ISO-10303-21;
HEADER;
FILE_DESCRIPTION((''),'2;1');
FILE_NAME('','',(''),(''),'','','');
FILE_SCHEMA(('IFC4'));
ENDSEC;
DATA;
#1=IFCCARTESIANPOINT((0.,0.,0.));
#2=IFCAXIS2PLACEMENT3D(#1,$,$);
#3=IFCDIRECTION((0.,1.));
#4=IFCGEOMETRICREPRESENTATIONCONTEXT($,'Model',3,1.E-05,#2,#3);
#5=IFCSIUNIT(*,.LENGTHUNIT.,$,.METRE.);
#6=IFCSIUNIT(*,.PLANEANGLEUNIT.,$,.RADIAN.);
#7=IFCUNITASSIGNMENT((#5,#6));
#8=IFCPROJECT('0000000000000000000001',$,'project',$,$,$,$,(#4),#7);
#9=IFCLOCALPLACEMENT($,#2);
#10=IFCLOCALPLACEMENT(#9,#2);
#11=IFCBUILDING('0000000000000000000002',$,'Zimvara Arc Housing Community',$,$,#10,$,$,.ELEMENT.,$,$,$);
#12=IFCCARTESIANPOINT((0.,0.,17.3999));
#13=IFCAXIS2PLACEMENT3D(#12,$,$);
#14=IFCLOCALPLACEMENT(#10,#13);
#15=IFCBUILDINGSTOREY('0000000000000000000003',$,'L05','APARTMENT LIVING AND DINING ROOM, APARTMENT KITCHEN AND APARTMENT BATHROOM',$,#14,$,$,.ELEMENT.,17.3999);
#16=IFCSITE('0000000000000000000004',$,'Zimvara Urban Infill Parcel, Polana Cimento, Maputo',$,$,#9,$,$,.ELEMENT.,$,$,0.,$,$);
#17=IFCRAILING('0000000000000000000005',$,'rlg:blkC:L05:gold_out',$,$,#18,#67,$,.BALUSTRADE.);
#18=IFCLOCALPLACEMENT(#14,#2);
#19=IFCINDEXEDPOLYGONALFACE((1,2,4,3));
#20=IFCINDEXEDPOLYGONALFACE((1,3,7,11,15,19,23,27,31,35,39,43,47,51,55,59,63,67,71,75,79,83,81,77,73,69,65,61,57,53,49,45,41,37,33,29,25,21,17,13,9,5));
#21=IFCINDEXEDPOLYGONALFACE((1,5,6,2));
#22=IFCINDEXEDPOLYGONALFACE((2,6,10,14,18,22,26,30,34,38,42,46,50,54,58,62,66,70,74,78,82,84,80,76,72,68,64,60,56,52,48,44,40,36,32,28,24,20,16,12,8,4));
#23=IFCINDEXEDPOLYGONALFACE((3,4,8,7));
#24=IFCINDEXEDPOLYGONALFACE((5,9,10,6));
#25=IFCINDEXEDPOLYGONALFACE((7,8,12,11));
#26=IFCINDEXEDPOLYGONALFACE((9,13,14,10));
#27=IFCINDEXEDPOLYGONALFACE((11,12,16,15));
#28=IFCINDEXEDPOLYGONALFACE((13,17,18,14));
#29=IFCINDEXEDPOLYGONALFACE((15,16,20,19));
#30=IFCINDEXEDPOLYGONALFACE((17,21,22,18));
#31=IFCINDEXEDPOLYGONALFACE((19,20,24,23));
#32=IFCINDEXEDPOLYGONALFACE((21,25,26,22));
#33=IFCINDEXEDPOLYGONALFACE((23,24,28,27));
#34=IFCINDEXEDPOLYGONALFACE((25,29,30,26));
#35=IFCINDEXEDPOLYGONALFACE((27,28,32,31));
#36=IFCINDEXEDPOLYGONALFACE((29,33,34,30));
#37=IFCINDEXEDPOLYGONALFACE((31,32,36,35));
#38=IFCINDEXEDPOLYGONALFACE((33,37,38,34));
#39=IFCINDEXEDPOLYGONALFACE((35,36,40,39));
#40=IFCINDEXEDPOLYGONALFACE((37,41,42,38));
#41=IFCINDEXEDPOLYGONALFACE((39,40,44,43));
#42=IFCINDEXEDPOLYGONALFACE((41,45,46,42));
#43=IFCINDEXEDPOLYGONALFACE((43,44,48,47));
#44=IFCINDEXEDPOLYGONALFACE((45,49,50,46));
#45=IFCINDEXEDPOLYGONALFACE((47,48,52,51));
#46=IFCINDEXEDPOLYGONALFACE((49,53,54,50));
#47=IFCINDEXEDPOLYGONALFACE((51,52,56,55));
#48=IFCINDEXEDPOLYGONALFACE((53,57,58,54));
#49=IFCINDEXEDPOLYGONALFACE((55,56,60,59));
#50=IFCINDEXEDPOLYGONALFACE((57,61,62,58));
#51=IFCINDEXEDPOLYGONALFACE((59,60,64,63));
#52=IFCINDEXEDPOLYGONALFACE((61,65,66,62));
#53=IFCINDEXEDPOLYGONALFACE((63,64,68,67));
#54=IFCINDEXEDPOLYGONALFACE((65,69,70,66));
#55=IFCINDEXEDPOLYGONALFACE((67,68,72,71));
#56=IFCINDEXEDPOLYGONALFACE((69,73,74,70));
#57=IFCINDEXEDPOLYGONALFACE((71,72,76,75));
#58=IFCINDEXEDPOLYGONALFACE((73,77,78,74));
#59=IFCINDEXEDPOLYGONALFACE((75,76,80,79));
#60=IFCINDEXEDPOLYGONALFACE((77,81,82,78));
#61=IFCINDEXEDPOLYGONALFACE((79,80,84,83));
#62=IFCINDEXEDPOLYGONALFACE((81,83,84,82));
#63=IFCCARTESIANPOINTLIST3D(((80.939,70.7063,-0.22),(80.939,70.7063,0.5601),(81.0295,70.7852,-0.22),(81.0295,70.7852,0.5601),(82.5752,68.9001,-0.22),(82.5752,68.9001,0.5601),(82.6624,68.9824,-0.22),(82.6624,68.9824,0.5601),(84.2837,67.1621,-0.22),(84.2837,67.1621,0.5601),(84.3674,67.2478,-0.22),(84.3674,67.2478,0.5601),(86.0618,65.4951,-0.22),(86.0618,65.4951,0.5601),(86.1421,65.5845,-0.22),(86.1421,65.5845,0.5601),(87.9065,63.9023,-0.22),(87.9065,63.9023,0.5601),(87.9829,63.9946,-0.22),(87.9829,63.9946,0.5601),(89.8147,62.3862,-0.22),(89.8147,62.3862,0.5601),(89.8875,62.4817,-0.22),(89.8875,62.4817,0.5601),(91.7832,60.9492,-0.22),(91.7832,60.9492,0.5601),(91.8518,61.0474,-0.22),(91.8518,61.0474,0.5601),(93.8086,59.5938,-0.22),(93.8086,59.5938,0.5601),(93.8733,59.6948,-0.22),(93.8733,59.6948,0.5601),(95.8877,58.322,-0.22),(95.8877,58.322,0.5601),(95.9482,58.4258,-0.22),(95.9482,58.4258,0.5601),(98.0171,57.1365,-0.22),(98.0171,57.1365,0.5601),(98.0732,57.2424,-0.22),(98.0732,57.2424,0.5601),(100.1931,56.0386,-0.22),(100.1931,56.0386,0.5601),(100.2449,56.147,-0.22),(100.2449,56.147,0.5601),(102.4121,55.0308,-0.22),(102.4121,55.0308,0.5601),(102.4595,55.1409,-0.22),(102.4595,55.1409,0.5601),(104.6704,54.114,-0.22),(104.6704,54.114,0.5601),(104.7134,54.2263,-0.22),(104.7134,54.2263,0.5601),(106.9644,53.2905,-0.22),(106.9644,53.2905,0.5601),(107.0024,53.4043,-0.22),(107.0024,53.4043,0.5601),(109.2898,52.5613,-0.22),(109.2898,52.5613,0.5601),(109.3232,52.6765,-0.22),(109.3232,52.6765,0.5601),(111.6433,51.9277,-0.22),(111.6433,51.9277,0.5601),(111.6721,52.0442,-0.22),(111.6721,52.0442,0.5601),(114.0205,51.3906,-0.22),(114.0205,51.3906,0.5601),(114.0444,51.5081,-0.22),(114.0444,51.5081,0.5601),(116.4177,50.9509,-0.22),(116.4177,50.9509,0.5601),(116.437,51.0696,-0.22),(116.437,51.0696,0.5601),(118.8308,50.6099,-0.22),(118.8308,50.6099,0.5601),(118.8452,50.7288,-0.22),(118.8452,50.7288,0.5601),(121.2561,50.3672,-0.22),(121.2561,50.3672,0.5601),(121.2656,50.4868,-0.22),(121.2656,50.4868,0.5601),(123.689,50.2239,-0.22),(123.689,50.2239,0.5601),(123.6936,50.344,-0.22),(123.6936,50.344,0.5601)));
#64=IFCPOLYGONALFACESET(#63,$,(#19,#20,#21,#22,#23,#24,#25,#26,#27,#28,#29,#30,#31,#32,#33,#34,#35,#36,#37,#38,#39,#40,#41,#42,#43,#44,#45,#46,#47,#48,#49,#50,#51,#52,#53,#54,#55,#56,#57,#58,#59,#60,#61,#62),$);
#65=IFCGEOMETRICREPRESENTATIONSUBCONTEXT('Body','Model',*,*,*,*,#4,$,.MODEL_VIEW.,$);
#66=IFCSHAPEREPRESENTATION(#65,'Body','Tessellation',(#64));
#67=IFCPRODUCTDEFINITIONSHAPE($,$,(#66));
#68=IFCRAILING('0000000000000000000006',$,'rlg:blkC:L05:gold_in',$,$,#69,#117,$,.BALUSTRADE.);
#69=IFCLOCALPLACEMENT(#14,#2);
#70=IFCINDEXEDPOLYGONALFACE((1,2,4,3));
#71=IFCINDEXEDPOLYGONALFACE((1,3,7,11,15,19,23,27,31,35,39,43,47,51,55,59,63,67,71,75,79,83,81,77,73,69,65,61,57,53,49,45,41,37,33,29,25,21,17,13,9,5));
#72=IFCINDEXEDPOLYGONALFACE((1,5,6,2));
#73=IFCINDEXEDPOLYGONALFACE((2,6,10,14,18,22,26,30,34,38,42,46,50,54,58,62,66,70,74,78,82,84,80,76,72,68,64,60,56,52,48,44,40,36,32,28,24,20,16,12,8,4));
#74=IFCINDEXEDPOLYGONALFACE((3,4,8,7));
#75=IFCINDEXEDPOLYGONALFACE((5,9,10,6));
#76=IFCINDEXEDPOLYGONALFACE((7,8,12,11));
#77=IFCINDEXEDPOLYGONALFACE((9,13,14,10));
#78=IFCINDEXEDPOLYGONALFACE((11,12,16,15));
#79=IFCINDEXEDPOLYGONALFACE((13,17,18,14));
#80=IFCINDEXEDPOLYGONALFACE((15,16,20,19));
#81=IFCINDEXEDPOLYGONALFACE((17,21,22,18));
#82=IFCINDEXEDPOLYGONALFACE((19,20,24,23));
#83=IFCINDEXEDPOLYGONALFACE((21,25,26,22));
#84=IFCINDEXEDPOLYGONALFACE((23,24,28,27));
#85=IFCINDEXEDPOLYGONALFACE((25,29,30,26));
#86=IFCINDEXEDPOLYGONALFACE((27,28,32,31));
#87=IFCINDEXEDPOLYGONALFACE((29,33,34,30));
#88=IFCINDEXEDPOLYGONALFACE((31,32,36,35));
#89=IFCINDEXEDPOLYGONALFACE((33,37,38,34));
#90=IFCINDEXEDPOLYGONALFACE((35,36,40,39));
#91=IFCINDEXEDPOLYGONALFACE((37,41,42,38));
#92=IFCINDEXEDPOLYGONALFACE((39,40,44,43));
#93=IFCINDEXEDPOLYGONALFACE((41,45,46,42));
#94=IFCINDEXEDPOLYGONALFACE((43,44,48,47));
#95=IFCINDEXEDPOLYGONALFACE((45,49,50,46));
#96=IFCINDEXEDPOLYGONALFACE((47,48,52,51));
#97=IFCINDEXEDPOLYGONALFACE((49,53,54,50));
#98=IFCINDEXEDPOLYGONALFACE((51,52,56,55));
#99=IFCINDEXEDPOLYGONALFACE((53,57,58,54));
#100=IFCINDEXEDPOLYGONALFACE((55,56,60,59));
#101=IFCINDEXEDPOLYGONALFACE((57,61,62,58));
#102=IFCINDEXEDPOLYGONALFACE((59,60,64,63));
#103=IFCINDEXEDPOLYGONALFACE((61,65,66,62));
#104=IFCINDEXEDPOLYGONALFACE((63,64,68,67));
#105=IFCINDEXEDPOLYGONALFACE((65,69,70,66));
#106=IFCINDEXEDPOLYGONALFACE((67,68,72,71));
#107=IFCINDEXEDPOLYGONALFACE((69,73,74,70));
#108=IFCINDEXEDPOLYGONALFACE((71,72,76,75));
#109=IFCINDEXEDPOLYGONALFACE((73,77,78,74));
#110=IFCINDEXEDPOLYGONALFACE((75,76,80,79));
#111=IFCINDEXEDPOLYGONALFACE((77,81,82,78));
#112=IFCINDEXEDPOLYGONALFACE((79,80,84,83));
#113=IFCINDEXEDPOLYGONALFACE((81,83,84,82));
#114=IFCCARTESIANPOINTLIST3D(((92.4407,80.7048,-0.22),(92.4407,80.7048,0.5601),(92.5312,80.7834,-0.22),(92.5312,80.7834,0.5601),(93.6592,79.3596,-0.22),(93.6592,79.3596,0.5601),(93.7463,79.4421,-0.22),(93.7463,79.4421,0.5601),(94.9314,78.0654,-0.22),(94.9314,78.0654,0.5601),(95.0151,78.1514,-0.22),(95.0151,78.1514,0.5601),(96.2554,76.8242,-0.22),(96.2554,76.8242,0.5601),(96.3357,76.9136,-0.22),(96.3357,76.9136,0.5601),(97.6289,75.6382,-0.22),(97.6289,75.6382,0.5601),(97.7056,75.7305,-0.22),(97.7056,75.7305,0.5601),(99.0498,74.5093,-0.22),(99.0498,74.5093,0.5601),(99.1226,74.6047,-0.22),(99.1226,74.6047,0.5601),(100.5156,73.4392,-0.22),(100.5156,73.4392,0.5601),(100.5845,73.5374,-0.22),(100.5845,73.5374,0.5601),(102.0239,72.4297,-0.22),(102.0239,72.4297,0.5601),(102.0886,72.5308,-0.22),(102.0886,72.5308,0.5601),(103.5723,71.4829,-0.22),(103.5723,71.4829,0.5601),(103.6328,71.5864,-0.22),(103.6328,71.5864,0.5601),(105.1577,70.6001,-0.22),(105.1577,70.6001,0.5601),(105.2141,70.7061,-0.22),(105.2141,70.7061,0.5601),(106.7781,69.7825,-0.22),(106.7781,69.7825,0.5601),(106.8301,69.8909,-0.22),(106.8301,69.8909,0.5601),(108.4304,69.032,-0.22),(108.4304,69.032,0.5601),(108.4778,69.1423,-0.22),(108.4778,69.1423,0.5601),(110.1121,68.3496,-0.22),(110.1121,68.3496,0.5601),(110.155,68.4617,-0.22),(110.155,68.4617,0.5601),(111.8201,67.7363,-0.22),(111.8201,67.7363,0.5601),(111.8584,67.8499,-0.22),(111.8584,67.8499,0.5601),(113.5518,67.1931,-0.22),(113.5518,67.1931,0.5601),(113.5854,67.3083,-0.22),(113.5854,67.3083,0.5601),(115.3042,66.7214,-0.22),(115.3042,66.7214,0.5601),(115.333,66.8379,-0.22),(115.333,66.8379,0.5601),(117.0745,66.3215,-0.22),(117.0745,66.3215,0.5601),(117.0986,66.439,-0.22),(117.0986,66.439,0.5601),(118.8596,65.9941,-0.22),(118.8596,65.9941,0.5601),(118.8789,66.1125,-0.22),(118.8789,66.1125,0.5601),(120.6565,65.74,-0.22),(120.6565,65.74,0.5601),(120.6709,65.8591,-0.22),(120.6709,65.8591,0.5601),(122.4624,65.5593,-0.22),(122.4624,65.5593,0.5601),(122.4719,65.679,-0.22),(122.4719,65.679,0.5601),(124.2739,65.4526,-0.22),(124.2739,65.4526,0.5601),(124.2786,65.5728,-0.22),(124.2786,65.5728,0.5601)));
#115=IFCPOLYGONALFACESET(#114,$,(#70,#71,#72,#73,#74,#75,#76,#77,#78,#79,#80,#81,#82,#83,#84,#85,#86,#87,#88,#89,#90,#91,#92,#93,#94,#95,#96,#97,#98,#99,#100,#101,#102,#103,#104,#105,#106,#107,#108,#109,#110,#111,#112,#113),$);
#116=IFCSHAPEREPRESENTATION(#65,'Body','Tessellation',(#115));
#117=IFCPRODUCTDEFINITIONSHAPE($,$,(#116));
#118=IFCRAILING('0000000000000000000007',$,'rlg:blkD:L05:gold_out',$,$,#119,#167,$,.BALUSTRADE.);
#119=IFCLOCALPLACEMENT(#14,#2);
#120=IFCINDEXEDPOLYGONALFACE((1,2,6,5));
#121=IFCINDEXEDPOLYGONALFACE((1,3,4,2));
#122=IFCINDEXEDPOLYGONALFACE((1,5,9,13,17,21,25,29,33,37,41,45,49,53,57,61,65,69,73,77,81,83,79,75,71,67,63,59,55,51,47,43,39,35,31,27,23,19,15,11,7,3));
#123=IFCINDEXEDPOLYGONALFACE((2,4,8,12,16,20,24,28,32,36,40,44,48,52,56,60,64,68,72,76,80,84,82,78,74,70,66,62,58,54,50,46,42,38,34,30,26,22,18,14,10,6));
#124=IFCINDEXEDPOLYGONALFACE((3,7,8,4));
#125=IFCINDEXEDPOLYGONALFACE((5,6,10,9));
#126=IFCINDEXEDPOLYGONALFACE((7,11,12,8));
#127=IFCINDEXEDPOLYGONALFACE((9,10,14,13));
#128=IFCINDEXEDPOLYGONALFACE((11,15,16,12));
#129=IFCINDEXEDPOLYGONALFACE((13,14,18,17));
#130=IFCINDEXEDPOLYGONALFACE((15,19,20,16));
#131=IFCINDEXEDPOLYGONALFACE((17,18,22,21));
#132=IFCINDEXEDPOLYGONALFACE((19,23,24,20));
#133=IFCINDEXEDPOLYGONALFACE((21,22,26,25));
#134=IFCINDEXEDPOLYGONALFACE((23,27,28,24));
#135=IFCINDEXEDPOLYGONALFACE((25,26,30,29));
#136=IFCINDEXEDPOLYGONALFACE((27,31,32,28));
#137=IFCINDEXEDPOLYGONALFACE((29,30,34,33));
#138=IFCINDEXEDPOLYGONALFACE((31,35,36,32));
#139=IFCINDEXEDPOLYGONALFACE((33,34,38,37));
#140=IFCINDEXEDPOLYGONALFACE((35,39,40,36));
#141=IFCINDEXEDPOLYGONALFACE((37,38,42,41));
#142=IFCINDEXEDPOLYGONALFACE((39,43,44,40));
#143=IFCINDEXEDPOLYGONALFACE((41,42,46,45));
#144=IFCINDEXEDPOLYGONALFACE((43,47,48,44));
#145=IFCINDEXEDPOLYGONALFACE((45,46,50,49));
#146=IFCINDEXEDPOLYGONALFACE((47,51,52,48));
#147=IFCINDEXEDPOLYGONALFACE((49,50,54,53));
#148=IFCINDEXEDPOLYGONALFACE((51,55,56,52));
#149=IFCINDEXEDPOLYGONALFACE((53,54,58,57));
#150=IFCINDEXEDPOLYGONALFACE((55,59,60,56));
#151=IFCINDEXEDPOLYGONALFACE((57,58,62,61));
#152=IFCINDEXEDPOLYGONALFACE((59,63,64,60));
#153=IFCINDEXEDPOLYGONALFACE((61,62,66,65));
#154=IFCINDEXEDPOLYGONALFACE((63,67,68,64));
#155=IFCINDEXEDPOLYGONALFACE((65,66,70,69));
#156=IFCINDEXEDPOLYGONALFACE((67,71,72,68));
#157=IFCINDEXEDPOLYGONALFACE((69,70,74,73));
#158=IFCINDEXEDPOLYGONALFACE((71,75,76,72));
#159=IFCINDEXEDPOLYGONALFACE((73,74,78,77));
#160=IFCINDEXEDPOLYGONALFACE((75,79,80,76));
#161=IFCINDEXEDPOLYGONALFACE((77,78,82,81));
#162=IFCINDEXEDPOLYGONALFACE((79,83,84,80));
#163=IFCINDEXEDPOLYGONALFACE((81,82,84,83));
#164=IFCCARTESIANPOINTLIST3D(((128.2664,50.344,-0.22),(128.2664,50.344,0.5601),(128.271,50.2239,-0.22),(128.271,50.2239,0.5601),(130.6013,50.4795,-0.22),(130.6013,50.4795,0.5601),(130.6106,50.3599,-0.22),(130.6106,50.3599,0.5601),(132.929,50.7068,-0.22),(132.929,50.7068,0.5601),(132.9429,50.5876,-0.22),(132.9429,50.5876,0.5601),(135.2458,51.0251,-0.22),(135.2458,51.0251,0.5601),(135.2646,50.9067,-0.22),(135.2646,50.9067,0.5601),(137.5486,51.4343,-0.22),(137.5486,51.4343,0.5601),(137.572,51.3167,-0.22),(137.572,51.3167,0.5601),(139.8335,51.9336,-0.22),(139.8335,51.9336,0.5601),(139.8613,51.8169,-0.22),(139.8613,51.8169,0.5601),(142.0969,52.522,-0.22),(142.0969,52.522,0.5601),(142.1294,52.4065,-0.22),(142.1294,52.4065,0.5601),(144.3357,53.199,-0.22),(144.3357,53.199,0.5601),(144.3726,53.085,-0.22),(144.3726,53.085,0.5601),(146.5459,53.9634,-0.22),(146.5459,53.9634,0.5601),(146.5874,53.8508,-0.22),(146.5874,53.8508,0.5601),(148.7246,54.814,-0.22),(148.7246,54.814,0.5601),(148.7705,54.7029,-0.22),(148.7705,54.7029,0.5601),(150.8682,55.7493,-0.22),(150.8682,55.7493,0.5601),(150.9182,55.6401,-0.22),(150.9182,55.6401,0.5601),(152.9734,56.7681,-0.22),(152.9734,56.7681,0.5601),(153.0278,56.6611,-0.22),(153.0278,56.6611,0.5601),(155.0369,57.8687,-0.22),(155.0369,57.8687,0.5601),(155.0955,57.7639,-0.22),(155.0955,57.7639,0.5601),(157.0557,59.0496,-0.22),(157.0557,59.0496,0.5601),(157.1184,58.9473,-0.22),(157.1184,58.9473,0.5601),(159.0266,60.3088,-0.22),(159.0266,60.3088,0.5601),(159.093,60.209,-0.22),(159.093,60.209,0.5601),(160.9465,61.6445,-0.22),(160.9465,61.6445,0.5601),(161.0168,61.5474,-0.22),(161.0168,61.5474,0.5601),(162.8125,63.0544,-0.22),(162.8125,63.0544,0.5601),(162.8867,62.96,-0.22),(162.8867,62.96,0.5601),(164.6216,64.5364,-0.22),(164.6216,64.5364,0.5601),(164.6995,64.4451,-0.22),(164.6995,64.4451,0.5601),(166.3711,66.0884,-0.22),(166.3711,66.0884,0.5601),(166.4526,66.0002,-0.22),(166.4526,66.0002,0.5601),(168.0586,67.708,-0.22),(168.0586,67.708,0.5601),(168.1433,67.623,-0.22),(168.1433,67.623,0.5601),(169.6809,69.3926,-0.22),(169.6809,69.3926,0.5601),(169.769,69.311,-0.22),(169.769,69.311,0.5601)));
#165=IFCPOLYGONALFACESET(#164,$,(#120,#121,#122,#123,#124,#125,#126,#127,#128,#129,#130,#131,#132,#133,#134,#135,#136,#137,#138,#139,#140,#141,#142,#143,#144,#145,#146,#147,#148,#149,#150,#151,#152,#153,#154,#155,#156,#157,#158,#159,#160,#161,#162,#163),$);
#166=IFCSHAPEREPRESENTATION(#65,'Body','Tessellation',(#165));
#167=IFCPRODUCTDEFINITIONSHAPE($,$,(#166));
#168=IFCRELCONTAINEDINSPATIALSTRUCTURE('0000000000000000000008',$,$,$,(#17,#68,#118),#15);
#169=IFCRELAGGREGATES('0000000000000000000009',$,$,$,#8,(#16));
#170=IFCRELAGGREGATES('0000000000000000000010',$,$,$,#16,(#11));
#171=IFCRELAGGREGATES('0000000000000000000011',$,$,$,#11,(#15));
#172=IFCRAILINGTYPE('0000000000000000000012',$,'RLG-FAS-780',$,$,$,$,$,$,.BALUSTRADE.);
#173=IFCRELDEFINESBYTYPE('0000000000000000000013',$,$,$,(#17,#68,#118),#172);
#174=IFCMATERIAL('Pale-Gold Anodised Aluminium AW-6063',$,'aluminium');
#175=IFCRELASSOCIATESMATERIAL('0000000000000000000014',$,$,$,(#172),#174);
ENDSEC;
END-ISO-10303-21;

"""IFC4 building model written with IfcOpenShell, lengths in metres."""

from ifc_helpers import new_model, si_unit, direction, frame, origin, place, context, subcontext, project, spatial, polyline, outline, extrude, material, type_object, element, save


model = new_model("IFC4")

# Units and contexts
model_context = context("Model", 3, precision=1e-05, world=origin(), true_north=direction((0.0, 1.0)))
body_context = subcontext(model_context, "Body", "Model", "MODEL_VIEW")
ifc_project = project(units=[si_unit("LENGTHUNIT", "METRE"), si_unit("PLANEANGLEUNIT", "RADIAN")], contexts=[model_context])

# Site, building, storey
site_placement = place(None, origin())
site = spatial("IfcSite", under=ifc_project, at=site_placement, Name="Zimvara Urban Infill Parcel, Polana Cimento, Maputo", CompositionType="ELEMENT", RefElevation=0.0)
building_placement = place(site_placement, origin())
building = spatial("IfcBuilding", under=site, at=building_placement, Name="Zimvara Arc Housing Community", CompositionType="ELEMENT")
storey_placement = place(building_placement, frame((0.0, 0.0, 17.3999)))
storey = spatial("IfcBuildingStorey", under=building, at=storey_placement, Name="L05", Description="APARTMENT LIVING AND DINING ROOM, APARTMENT KITCHEN AND APARTMENT BATHROOM", CompositionType="ELEMENT", Elevation=17.3999)

# Railings
ifc_material_1 = material(Name="Pale-Gold Anodised Aluminium AW-6063", Category="aluminium")
railing_type_1 = type_object("IfcRailingType", Name="RLG-FAS-780", PredefinedType="BALUSTRADE", material=ifc_material_1)
railing_1_placement = place(storey_placement, frame((0.0, 0.0, -0.22)))
element("IfcRailing", 1, at=railing_1_placement, inside=storey, type_object=railing_type_1, Name="rlg:blkC:L05:gold_out", PredefinedType="BALUSTRADE", context=body_context, shape_type="SweptSolid", body=[
    extrude(outline(polyline([(80.939, 70.7063), (82.5752, 68.9001), (84.2837, 67.1621), (86.0618, 65.4951), (87.9065, 63.9023), (89.8147, 62.3862), (91.7832, 60.9492), (93.8086, 59.5938), (95.8877, 58.322), (98.0171, 57.1365), (100.1931, 56.0386), (102.4121, 55.0308), (104.6704, 54.114), (106.9644, 53.2905), (109.2898, 52.5613), (111.6433, 51.9277), (114.0205, 51.3906), (116.4177, 50.9509), (118.8308, 50.6099), (121.2561, 50.3672), (123.689, 50.2239), (123.6936, 50.344), (121.2656, 50.4868), (118.8452, 50.7288), (116.437, 51.0696), (114.0444, 51.5081), (111.6721, 52.0442), (109.3232, 52.6765), (107.0024, 53.4043), (104.7134, 54.2263), (102.4595, 55.1409), (100.2449, 56.147), (98.0732, 57.2424), (95.9482, 58.4258), (93.8733, 59.6948), (91.8518, 61.0474), (89.8875, 62.4817), (87.9829, 63.9946), (86.1421, 65.5845), (84.3674, 67.2478), (82.6624, 68.9824), (81.0295, 70.7852), (80.939, 70.7063)])), origin(), (0.0, 0.0, 1.0), 0.78),
])
railing_2_placement = place(storey_placement, frame((0.0, 0.0, -0.22)))
element("IfcRailing", 2, at=railing_2_placement, inside=storey, type_object=railing_type_1, Name="rlg:blkC:L05:gold_in", PredefinedType="BALUSTRADE", context=body_context, shape_type="SweptSolid", body=[
    extrude(outline(polyline([(92.4407, 80.7048), (93.6592, 79.3596), (94.9314, 78.0654), (96.2554, 76.8242), (97.6289, 75.6382), (99.0498, 74.5093), (100.5156, 73.4392), (102.0239, 72.4297), (103.5723, 71.4829), (105.1577, 70.6001), (106.7781, 69.7825), (108.4304, 69.032), (110.1121, 68.3496), (111.8201, 67.7363), (113.5518, 67.1931), (115.3042, 66.7214), (117.0745, 66.3215), (118.8596, 65.9941), (120.6565, 65.74), (122.4624, 65.5593), (124.2739, 65.4526), (124.2786, 65.5728), (122.4719, 65.679), (120.6709, 65.8591), (118.8789, 66.1125), (117.0986, 66.439), (115.333, 66.8379), (113.5854, 67.3083), (111.8584, 67.8499), (110.155, 68.4617), (108.4778, 69.1423), (106.8301, 69.8909), (105.2141, 70.7061), (103.6328, 71.5864), (102.0886, 72.5308), (100.5845, 73.5374), (99.1226, 74.6047), (97.7056, 75.7305), (96.3357, 76.9136), (95.0151, 78.1514), (93.7463, 79.4421), (92.5312, 80.7834), (92.4407, 80.7048)])), origin(), (0.0, 0.0, 1.0), 0.78),
])
railing_3_placement = place(storey_placement, frame((0.0, 0.0, -0.22)))
element("IfcRailing", 3, at=railing_3_placement, inside=storey, type_object=railing_type_1, Name="rlg:blkD:L05:gold_out", PredefinedType="BALUSTRADE", context=body_context, shape_type="SweptSolid", body=[
    extrude(outline(polyline([(128.271, 50.2239), (130.6106, 50.3599), (132.9429, 50.5876), (135.2646, 50.9067), (137.572, 51.3167), (139.8613, 51.8169), (142.1294, 52.4065), (144.3726, 53.085), (146.5874, 53.8508), (148.7705, 54.7029), (150.9182, 55.6401), (153.0278, 56.6611), (155.0955, 57.7639), (157.1184, 58.9473), (159.093, 60.209), (161.0168, 61.5474), (162.8867, 62.96), (164.6995, 64.4451), (166.4526, 66.0002), (168.1433, 67.623), (169.769, 69.311), (169.6809, 69.3926), (168.0586, 67.708), (166.3711, 66.0884), (164.6216, 64.5364), (162.8125, 63.0544), (160.9465, 61.6445), (159.0266, 60.3088), (157.0557, 59.0496), (155.0369, 57.8687), (152.9734, 56.7681), (150.8682, 55.7493), (148.7246, 54.814), (146.5459, 53.9634), (144.3357, 53.199), (142.0969, 52.522), (139.8335, 51.9336), (137.5486, 51.4343), (135.2458, 51.0251), (132.929, 50.7068), (130.6013, 50.4795), (128.2664, 50.344), (128.271, 50.2239)])), origin(), (0.0, 0.0, 1.0), 0.78),
])

save(model, "model.ifc")
